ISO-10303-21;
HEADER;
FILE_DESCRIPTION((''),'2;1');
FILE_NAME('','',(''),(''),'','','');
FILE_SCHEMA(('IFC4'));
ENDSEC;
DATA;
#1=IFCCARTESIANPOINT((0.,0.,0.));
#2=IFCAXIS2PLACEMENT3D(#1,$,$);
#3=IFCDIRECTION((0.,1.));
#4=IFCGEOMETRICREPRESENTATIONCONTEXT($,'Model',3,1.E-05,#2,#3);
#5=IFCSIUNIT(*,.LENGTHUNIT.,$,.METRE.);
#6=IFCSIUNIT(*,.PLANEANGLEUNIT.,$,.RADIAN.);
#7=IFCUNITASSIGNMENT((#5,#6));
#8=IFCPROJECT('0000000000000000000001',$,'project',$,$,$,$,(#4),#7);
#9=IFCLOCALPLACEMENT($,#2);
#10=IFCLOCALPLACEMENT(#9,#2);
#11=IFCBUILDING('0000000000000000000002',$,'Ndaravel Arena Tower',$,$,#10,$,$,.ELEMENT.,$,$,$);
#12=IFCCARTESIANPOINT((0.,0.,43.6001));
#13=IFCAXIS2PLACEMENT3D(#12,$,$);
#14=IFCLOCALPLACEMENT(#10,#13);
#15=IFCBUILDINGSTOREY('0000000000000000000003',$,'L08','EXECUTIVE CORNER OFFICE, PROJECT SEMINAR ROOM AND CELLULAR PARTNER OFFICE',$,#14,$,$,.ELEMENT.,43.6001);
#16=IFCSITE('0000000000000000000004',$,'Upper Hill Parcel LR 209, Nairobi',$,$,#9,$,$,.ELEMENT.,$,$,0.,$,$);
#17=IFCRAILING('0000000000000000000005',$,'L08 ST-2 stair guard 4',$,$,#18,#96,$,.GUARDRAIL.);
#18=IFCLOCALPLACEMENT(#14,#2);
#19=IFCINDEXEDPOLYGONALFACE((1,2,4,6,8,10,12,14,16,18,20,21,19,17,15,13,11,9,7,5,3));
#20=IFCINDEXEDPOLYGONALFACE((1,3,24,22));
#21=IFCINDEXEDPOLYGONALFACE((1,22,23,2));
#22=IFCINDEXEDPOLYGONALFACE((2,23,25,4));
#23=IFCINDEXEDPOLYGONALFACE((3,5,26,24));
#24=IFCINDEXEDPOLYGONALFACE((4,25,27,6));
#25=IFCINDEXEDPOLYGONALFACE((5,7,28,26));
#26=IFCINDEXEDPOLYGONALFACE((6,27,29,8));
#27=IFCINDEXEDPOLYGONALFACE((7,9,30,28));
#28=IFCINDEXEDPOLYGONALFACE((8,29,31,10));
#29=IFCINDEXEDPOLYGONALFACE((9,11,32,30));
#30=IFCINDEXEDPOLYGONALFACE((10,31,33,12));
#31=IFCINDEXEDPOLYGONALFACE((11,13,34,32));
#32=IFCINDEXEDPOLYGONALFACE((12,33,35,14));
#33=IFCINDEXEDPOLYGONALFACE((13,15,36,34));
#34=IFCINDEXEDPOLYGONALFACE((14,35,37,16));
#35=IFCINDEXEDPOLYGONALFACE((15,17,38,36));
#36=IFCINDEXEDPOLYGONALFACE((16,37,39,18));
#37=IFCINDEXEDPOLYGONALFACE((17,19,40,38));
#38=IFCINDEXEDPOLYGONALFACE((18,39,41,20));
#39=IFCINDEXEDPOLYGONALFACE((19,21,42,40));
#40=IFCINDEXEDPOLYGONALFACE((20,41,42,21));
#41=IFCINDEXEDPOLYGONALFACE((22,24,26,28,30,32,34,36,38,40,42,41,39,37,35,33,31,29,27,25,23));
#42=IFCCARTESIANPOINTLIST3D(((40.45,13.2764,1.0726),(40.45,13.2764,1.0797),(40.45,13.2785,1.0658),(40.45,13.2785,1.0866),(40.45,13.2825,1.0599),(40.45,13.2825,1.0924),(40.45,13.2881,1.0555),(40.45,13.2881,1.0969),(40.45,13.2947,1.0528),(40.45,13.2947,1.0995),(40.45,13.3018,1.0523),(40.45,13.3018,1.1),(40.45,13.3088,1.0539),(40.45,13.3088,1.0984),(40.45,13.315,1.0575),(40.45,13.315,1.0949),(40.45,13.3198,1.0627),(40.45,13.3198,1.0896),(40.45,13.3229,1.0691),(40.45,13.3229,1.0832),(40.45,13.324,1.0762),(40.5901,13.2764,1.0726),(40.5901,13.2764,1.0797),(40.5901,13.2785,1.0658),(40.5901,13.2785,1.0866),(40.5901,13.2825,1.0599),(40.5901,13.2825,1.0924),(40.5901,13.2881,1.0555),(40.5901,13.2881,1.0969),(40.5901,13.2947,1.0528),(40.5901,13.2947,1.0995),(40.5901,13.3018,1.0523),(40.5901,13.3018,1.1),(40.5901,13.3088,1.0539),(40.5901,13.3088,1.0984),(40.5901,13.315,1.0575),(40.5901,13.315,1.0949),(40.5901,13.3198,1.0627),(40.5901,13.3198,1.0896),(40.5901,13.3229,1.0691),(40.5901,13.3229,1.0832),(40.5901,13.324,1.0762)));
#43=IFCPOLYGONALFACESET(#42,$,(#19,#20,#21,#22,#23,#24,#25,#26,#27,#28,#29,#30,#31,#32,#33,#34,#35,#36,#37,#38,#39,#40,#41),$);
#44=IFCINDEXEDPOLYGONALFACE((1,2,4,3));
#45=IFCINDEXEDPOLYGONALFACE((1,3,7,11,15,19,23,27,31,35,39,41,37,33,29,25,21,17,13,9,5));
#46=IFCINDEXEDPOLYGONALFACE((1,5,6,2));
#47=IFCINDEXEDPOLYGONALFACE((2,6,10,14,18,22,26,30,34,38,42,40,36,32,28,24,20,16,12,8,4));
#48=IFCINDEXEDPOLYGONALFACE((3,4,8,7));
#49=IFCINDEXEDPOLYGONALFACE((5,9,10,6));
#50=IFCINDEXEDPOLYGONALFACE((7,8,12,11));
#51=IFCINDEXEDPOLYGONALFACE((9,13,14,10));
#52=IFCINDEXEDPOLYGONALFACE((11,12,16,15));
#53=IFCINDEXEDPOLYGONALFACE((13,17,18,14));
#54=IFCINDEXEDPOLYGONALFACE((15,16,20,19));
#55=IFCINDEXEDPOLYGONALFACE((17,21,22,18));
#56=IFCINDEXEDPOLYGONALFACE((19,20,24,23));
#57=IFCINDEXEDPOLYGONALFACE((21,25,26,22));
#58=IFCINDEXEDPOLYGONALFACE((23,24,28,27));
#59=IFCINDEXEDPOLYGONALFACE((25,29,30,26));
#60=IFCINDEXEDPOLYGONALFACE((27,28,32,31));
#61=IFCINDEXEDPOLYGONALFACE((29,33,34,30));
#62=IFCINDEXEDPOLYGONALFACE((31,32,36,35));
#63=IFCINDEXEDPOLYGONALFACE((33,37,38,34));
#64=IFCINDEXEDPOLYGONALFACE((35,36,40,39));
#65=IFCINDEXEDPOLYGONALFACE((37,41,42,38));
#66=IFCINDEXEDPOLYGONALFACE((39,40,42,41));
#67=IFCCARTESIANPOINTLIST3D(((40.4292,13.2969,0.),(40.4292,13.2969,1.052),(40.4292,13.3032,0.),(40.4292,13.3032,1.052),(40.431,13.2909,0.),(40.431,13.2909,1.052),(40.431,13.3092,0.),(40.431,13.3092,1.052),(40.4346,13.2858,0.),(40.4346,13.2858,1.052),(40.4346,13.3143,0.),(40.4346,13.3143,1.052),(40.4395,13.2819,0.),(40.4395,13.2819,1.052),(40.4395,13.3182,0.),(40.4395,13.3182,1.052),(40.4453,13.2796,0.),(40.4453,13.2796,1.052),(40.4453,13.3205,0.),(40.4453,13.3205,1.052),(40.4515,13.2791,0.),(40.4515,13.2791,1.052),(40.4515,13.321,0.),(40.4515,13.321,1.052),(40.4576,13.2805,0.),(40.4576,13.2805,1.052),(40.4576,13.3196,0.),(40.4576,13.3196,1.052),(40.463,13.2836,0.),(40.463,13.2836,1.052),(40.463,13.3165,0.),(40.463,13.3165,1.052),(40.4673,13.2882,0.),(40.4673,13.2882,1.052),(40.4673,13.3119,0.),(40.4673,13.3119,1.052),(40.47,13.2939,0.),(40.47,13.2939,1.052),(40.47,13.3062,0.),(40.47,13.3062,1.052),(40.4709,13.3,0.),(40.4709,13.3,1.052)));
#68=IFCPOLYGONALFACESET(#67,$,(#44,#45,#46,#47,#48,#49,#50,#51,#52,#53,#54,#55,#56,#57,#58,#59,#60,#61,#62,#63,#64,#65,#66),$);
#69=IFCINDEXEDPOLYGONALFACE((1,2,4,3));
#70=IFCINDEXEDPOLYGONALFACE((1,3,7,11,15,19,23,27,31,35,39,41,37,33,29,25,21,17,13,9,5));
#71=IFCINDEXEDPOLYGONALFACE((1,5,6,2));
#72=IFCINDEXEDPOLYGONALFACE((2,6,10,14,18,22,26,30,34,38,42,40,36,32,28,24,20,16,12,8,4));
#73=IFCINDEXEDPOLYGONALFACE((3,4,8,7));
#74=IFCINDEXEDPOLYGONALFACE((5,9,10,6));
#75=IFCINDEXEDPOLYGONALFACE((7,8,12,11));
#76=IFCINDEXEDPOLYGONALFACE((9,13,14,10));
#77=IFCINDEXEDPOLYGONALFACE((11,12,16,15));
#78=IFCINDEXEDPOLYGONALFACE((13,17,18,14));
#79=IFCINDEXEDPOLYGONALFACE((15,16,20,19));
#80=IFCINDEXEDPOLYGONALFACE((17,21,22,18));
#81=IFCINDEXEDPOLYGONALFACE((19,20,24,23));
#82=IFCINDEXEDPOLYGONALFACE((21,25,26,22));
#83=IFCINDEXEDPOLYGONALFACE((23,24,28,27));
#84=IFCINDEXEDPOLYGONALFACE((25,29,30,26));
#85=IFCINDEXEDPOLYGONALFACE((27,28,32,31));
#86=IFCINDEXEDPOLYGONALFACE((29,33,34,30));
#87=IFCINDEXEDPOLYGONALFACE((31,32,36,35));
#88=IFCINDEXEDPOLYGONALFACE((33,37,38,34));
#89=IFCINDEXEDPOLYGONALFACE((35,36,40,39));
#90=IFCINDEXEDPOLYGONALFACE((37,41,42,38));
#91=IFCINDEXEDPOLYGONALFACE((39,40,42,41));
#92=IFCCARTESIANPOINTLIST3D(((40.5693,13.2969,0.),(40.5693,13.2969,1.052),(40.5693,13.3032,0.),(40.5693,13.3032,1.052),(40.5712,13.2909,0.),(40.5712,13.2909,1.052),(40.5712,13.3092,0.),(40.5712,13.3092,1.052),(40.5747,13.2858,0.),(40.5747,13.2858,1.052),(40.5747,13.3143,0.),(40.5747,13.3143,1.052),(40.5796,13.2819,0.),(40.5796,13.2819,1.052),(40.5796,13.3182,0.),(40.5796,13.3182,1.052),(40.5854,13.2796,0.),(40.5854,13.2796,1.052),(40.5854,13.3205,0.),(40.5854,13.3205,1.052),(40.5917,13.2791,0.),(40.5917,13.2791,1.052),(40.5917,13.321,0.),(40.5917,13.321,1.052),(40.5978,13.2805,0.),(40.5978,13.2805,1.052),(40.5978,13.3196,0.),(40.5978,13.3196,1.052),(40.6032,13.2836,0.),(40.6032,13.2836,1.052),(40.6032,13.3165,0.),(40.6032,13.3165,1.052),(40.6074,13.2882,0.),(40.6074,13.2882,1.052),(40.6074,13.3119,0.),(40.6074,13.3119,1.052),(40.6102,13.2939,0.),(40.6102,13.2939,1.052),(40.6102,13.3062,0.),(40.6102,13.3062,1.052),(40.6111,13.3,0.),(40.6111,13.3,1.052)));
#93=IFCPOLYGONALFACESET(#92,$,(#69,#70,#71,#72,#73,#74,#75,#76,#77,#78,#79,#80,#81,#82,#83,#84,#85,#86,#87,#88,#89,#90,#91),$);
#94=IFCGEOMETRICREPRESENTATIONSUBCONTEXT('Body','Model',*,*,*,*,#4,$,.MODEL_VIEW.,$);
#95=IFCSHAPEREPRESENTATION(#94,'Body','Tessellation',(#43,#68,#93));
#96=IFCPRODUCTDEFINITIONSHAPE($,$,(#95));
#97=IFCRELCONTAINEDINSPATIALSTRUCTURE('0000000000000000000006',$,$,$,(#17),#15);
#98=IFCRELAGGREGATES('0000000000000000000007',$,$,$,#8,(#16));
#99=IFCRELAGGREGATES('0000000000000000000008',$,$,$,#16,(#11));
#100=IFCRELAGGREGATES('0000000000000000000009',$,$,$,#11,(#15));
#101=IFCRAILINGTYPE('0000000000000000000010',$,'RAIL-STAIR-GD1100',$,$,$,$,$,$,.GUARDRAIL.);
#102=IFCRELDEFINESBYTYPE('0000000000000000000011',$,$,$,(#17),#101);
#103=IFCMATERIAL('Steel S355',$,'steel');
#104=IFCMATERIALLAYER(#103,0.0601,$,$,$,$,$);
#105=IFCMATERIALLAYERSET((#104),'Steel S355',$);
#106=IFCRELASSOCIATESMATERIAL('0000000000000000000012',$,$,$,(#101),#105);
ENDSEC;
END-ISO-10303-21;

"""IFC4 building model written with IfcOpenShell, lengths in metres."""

from ifc_helpers import new_model, si_unit, direction, frame, origin, origin_2d, place, context, subcontext, project, spatial, circle, extrude, material, layer, layer_set, type_object, element, save


model = new_model("IFC4")

# Units and contexts
model_context = context("Model", 3, precision=1e-05, world=origin(), true_north=direction((0.0, 1.0)))
body_context = subcontext(model_context, "Body", "Model", "MODEL_VIEW")
ifc_project = project(units=[si_unit("LENGTHUNIT", "METRE"), si_unit("PLANEANGLEUNIT", "RADIAN")], contexts=[model_context])

# Site, building, storey
site_placement = place(None, origin())
site = spatial("IfcSite", under=ifc_project, at=site_placement, Name="Upper Hill Parcel LR 209, Nairobi", CompositionType="ELEMENT", RefElevation=0.0)
building_placement = place(site_placement, origin())
building = spatial("IfcBuilding", under=site, at=building_placement, Name="Ndaravel Arena Tower", CompositionType="ELEMENT")
storey_placement = place(building_placement, frame((0.0, 0.0, 43.6001)))
storey = spatial("IfcBuildingStorey", under=building, at=storey_placement, Name="L08", Description="EXECUTIVE CORNER OFFICE, PROJECT SEMINAR ROOM AND CELLULAR PARTNER OFFICE", CompositionType="ELEMENT", Elevation=43.6001)

# Railing
ifc_material_1 = material(Name="Steel S355", Category="steel")
ifc_layer_1 = layer(ifc_material_1, 0.0601)
ifc_layer_set_1 = layer_set([ifc_layer_1], Name="Steel S355")
railing_type_1 = type_object("IfcRailingType", Name="RAIL-STAIR-GD1100", PredefinedType="GUARDRAIL", material=ifc_layer_set_1)
railing_1_placement = place(storey_placement, frame((40.45, 13.3, 0.0)))
element("IfcRailing", 1, at=railing_1_placement, inside=storey, type_object=railing_type_1, Name="L08 ST-2 stair guard 4", PredefinedType="GUARDRAIL", context=body_context, shape_type="SweptSolid", body=[
    extrude(circle(Radius=0.0239, at=origin_2d()), frame((0.0, 0.0, 1.0762), z_axis=(1.0, 0.0, 0.0), x_axis=(0.0, 1.0, 0.0)), (0.0, 0.0, 1.0), 0.1401),
    extrude(circle(Radius=0.021, at=origin_2d()), origin(), (0.0, 0.0, 1.0), 1.052),
    extrude(circle(Radius=0.021, at=origin_2d()), frame((0.1401, 0.0, 0.0)), (0.0, 0.0, 1.0), 1.052),
])

save(model, "model.ifc")
